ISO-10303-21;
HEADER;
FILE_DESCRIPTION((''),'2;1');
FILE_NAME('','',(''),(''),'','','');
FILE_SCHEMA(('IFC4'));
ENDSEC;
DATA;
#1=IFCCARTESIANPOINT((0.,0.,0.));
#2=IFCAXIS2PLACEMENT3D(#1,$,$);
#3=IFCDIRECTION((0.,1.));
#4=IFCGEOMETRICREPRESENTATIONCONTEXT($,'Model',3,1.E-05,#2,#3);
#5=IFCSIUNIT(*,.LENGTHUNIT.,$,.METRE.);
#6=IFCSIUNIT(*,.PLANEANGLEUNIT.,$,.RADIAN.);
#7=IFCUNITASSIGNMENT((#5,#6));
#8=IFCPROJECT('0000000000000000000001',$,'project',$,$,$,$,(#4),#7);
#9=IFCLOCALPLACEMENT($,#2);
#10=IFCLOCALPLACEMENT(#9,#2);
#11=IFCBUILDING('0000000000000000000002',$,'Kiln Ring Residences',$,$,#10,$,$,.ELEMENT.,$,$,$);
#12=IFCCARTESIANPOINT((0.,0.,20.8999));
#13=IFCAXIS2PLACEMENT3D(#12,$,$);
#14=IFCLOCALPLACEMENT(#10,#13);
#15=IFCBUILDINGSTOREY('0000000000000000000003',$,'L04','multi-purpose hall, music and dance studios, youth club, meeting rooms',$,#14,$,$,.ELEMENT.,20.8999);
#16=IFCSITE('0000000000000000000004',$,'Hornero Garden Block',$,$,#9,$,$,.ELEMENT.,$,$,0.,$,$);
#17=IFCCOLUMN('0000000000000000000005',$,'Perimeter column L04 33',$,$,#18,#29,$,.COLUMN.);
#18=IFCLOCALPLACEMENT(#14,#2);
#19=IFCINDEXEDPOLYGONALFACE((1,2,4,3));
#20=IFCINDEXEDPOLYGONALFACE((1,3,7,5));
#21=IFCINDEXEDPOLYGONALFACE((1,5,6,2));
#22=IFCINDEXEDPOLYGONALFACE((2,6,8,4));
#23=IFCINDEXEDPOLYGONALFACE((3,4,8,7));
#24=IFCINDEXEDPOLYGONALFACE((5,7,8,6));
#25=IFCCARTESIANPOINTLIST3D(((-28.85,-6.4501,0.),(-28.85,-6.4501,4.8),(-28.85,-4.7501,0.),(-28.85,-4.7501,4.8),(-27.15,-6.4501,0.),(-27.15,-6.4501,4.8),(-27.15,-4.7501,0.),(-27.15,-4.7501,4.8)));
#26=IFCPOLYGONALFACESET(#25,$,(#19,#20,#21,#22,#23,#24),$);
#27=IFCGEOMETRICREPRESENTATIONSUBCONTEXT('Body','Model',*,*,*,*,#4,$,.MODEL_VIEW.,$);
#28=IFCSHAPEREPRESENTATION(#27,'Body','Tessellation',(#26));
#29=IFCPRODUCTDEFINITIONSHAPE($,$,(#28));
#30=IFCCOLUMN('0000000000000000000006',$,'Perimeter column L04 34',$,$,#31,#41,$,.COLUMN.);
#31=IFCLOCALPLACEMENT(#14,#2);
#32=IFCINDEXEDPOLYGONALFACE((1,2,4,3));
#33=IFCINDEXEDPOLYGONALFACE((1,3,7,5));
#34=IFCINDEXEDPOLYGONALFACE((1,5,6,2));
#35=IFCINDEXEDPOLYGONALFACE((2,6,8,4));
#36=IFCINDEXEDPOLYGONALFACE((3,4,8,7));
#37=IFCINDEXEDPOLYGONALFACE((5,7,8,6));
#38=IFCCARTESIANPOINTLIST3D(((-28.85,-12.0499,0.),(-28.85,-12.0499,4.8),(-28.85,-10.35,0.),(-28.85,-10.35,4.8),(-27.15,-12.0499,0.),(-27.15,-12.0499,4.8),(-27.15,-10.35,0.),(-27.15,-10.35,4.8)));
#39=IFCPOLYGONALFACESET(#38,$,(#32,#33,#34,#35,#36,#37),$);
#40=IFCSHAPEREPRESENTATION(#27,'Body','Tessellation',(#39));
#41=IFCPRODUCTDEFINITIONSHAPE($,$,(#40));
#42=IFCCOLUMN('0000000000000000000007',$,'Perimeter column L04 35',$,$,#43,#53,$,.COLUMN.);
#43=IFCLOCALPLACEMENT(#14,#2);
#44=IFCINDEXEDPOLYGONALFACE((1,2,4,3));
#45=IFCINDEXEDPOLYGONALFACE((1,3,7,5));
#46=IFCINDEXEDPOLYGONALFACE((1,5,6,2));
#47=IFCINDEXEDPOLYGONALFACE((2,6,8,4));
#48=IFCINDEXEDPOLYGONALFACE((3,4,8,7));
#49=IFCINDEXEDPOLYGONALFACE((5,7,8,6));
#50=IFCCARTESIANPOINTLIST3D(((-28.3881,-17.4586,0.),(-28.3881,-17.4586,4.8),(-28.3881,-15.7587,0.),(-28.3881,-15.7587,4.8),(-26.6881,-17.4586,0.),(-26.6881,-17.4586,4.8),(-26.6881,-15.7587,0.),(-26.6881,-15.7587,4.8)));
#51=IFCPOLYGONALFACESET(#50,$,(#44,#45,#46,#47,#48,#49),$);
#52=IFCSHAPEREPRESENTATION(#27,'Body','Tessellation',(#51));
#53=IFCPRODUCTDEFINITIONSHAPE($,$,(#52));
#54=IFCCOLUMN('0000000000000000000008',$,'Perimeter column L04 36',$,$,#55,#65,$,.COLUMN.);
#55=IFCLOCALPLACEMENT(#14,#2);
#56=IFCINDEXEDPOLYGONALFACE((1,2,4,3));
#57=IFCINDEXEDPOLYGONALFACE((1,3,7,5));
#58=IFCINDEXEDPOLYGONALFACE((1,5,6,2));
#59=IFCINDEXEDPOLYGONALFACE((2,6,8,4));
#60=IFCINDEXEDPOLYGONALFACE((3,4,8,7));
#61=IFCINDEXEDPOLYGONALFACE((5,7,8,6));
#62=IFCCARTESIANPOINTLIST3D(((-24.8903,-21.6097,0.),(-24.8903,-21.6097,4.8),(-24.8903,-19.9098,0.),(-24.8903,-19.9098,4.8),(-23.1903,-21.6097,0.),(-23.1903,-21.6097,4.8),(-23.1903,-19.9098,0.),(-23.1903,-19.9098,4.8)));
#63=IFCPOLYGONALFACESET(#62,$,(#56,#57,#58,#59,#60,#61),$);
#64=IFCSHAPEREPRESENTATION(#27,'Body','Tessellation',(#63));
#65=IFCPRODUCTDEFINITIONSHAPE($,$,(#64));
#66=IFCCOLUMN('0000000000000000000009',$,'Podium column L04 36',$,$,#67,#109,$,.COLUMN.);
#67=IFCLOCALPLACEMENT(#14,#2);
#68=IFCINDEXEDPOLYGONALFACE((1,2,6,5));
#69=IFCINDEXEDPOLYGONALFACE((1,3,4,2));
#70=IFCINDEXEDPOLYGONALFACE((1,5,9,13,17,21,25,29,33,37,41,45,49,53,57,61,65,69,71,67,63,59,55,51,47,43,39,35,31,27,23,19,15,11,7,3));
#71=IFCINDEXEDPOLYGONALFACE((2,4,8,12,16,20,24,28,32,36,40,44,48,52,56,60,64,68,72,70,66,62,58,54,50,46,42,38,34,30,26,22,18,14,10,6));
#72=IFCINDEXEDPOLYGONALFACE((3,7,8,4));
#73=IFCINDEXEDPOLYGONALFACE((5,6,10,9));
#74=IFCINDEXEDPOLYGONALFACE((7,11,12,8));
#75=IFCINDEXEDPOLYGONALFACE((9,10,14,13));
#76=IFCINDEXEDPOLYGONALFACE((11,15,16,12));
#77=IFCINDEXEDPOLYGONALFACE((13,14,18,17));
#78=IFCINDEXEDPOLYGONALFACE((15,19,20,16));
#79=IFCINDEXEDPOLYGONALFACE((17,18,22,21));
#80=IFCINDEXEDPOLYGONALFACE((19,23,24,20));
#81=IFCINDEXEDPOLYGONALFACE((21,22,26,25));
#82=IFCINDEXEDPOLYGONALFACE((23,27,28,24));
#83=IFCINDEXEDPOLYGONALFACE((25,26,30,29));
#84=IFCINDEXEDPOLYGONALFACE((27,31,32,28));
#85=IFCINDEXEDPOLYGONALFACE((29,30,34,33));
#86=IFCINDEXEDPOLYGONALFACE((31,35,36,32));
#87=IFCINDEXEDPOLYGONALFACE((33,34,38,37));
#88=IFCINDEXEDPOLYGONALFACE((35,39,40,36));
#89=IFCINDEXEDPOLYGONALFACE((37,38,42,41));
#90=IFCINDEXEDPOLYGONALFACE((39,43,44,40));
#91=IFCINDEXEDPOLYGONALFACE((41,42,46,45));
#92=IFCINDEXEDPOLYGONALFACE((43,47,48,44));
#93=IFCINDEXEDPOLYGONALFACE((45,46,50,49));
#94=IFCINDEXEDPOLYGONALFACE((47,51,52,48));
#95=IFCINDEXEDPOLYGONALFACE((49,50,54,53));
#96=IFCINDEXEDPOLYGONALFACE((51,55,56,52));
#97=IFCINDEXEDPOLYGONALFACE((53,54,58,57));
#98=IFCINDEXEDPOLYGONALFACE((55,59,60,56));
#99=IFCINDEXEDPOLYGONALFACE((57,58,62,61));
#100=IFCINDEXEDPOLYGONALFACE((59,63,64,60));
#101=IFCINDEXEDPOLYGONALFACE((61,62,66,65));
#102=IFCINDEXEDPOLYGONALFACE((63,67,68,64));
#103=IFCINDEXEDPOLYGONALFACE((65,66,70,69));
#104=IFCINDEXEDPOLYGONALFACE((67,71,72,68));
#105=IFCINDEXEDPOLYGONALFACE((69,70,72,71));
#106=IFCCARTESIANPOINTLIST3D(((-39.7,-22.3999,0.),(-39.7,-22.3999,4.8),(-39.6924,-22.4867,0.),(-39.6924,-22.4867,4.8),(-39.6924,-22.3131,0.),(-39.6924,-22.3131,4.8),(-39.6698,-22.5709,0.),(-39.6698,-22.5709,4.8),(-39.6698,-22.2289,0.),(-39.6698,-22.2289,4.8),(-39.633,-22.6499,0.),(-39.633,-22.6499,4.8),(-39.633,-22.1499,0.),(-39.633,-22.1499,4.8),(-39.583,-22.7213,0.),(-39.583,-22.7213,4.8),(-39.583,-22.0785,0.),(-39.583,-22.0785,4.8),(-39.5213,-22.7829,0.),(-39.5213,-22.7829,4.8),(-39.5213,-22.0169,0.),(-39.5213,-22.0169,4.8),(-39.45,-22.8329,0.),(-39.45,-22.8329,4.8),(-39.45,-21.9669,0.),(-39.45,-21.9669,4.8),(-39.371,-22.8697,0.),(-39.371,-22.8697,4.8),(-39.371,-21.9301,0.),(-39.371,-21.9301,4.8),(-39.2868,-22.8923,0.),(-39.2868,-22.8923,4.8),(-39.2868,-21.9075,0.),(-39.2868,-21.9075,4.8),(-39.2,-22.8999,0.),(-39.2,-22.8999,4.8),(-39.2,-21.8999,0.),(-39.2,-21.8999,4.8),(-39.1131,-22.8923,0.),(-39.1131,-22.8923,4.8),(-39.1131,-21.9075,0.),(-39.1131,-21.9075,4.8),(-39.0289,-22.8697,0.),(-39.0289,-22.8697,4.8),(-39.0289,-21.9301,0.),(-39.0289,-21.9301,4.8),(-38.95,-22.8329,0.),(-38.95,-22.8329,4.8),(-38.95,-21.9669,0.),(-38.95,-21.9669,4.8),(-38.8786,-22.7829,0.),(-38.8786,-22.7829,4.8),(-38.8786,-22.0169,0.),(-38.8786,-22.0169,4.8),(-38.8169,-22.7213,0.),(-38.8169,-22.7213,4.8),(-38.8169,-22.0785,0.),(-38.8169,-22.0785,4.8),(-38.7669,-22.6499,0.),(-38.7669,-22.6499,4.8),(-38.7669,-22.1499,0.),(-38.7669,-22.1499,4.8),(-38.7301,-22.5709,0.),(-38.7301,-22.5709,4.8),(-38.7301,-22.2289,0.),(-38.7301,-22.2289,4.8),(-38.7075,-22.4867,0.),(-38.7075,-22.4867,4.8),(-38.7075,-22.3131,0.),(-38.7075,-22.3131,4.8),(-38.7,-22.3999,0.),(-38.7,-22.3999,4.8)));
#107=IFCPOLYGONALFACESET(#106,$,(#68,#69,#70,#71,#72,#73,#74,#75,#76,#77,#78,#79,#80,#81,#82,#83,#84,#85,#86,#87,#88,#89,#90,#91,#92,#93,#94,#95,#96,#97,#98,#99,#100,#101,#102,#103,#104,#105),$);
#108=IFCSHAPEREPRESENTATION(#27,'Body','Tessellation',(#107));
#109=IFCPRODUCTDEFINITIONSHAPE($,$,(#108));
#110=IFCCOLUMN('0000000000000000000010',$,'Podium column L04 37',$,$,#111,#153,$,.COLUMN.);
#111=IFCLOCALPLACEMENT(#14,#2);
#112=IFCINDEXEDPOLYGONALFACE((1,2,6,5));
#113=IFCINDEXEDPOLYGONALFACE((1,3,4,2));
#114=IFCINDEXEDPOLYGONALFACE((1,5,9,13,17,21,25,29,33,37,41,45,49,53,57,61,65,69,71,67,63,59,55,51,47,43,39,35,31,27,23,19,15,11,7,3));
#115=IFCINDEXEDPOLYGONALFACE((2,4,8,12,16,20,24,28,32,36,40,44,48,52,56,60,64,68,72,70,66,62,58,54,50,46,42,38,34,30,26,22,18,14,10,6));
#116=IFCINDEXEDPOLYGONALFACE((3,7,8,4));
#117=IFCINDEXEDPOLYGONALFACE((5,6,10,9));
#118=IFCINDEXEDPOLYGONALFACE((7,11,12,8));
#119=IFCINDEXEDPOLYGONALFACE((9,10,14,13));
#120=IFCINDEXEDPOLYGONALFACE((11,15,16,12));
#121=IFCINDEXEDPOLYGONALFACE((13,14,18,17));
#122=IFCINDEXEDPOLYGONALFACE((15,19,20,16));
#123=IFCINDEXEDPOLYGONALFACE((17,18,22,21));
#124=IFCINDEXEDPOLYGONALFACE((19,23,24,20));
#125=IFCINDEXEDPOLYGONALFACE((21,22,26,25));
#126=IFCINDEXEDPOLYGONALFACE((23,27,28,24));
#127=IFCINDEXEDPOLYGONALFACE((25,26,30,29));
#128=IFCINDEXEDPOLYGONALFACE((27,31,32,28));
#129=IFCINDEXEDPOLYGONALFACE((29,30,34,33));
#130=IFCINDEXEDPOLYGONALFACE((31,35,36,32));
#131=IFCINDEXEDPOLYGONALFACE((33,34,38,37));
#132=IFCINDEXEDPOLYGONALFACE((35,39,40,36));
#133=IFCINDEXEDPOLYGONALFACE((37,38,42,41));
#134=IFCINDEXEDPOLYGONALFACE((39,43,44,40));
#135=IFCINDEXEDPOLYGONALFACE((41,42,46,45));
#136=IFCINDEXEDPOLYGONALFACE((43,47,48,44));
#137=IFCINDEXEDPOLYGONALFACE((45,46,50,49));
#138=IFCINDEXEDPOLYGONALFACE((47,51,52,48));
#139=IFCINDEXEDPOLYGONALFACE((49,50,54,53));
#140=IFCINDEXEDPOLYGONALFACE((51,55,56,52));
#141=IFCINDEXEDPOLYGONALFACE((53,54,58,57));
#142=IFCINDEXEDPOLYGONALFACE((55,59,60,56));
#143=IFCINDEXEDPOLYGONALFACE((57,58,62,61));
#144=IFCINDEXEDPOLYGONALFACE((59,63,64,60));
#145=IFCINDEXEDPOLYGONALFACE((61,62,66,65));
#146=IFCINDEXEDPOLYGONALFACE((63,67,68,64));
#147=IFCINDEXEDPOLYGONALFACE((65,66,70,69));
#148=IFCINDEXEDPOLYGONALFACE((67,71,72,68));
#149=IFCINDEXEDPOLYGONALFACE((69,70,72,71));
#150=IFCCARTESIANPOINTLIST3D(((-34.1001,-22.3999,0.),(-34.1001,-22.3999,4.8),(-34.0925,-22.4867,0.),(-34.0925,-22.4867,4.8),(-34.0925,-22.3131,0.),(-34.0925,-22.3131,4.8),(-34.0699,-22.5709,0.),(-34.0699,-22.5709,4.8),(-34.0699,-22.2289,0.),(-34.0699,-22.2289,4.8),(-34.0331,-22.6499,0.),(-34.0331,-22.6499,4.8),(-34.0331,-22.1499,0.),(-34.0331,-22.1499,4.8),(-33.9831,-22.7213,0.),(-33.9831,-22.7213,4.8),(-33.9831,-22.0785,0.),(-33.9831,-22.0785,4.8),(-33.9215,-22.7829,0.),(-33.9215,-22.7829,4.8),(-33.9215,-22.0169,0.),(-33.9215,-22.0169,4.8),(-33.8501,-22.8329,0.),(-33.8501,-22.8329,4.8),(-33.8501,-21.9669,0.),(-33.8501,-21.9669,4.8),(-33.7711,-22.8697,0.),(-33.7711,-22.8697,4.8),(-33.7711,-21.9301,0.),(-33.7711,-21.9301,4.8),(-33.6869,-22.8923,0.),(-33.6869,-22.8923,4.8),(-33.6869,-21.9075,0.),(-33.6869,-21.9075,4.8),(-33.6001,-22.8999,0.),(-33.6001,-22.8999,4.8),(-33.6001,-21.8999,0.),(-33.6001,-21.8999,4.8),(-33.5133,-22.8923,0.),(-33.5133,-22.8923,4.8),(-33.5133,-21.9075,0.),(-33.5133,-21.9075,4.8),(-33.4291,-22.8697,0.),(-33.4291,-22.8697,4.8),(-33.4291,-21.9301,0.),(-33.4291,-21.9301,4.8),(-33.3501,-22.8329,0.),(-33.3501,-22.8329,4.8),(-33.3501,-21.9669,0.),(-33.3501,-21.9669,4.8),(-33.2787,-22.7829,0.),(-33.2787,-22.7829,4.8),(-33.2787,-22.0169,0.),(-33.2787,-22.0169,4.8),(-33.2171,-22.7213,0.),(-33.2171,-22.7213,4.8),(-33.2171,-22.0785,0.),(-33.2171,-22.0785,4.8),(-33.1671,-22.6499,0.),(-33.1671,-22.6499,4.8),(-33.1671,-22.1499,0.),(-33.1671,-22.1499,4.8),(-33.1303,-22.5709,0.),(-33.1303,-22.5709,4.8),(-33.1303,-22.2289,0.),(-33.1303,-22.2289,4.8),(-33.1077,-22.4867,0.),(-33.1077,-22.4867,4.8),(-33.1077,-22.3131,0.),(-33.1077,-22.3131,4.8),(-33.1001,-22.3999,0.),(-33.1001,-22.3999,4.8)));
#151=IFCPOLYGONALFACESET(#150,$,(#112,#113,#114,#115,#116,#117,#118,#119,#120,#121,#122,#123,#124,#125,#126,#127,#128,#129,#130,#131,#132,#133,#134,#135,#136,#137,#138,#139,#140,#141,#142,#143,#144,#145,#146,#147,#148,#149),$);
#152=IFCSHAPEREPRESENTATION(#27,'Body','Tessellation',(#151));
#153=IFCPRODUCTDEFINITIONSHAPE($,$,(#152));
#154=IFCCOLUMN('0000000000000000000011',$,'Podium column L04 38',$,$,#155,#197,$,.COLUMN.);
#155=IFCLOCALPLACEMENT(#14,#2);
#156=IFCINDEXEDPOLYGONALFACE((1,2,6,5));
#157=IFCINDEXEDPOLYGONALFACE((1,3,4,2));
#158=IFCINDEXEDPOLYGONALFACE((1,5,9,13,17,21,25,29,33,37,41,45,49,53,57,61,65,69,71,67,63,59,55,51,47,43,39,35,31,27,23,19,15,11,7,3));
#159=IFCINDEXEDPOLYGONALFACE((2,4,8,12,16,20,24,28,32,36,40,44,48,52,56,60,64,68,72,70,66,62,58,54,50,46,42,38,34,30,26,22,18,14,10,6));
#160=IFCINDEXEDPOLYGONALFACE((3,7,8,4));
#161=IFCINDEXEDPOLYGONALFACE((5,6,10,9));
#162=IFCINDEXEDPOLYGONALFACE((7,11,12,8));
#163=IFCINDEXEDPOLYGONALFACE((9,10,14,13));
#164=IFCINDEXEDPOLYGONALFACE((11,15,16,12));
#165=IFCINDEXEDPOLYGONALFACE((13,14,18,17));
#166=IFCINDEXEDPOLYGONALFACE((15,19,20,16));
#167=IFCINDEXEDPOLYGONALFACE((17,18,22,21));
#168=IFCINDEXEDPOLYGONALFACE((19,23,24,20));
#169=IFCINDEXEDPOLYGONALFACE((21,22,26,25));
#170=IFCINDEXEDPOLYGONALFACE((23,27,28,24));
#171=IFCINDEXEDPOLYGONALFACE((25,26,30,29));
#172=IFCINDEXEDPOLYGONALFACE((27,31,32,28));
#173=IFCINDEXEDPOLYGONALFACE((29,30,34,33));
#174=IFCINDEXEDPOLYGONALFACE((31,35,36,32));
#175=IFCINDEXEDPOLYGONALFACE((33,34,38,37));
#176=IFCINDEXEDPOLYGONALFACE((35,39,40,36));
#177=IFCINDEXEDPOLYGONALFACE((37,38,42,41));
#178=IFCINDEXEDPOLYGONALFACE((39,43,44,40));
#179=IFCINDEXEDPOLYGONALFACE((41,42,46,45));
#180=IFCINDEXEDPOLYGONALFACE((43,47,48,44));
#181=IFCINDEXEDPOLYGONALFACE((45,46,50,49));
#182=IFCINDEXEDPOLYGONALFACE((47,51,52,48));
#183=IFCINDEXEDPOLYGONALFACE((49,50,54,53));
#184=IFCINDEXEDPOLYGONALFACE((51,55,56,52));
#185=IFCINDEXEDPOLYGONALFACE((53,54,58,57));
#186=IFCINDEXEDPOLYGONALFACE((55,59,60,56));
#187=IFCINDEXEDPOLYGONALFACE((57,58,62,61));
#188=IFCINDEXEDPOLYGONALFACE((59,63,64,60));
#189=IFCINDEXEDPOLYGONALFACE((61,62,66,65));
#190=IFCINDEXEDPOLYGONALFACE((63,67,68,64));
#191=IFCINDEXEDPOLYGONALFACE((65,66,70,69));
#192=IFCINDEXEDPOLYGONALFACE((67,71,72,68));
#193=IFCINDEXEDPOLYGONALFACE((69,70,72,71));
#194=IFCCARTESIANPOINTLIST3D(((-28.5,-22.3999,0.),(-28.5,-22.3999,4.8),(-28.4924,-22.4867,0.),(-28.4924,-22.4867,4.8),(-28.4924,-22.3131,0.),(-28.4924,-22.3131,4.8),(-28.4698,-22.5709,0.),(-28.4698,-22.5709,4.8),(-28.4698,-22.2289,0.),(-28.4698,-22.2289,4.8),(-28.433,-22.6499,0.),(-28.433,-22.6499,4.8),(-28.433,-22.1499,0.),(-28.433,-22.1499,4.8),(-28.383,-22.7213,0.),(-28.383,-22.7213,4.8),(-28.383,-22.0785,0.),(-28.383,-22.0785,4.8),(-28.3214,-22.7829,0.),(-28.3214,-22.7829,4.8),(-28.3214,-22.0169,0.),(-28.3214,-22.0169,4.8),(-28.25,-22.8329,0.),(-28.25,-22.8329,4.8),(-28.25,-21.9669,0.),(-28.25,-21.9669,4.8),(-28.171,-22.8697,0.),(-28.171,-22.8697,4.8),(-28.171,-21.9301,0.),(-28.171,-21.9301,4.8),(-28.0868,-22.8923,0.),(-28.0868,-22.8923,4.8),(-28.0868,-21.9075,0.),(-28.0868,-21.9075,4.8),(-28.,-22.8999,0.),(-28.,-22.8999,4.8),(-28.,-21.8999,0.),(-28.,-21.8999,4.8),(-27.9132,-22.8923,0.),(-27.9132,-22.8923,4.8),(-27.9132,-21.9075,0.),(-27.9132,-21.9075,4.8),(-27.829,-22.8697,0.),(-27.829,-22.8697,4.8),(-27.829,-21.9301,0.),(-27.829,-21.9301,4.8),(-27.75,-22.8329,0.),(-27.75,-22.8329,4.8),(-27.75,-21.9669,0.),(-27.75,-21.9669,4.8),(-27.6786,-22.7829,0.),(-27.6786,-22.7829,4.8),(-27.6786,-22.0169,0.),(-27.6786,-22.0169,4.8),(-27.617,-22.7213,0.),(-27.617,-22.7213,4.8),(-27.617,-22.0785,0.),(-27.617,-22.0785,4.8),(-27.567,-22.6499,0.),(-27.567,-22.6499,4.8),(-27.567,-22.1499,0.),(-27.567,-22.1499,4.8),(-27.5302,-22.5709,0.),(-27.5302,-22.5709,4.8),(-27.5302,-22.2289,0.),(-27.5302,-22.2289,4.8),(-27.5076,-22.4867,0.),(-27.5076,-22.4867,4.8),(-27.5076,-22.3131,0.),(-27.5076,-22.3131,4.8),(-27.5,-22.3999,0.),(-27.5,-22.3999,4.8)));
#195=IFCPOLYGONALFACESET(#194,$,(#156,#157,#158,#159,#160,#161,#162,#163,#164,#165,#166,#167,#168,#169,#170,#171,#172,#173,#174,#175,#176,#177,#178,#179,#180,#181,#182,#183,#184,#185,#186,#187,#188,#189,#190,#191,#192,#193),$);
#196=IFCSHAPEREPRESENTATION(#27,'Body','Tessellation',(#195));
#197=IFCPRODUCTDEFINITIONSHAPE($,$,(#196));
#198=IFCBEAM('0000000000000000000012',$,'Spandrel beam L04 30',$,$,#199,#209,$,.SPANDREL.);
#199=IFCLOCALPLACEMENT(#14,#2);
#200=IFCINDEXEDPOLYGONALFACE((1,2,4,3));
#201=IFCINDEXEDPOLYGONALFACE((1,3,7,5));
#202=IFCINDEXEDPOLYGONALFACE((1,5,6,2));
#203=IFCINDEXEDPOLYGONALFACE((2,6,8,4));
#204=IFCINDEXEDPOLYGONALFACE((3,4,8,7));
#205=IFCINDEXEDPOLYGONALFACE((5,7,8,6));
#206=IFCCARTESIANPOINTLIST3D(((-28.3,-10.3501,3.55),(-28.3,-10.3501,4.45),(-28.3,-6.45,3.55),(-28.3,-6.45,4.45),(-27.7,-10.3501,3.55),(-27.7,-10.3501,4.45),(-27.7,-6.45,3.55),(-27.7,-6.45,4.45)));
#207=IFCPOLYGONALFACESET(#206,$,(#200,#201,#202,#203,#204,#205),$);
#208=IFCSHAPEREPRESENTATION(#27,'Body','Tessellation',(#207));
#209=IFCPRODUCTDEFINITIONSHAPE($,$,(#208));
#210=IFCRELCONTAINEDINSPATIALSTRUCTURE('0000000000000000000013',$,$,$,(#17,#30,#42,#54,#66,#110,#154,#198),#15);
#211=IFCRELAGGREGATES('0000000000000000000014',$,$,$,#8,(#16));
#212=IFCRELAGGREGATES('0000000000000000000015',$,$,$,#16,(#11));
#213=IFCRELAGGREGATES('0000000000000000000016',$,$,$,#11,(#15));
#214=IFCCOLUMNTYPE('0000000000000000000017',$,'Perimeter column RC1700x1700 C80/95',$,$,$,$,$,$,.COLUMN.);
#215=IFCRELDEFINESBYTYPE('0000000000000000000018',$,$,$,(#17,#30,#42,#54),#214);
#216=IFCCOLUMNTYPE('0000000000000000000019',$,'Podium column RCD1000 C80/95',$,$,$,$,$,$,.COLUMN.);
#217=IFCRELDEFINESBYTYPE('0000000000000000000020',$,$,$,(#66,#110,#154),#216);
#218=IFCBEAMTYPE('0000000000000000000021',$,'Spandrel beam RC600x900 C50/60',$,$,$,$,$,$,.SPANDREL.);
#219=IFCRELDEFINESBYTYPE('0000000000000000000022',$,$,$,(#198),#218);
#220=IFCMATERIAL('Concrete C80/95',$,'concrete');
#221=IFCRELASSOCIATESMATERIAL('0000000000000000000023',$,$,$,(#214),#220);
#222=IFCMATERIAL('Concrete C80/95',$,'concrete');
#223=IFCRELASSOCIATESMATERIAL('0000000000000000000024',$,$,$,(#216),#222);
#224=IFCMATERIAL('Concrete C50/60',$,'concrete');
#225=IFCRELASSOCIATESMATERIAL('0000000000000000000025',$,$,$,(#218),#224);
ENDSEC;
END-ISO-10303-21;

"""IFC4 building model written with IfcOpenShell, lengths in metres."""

from ifc_helpers import new_model, si_unit, direction, frame, origin, origin_2d, place, context, subcontext, project, spatial, rectangle, circle, extrude, material, material_profile, profile_set, type_object, element, save


model = new_model("IFC4")

# Units and contexts
model_context = context("Model", 3, precision=1e-05, world=origin(), true_north=direction((0.0, 1.0)))
body_context = subcontext(model_context, "Body", "Model", "MODEL_VIEW")
ifc_project = project(units=[si_unit("LENGTHUNIT", "METRE"), si_unit("PLANEANGLEUNIT", "RADIAN")], contexts=[model_context])

# Site, building, storey
site_placement = place(None, origin())
site = spatial("IfcSite", under=ifc_project, at=site_placement, Name="Hornero Garden Block", CompositionType="ELEMENT", RefElevation=0.0)
building_placement = place(site_placement, origin())
building = spatial("IfcBuilding", under=site, at=building_placement, Name="Kiln Ring Residences", CompositionType="ELEMENT")
storey_placement = place(building_placement, frame((0.0, 0.0, 20.8999)))
storey = spatial("IfcBuildingStorey", under=building, at=storey_placement, Name="L04", Description="multi-purpose hall, music and dance studios, youth club, meeting rooms", CompositionType="ELEMENT", Elevation=20.8999)

# Columns
ifc_material_1 = material(Name="Concrete C80/95", Category="concrete")
ifc_material_profile_1 = material_profile(ifc_material_1, rectangle(XDim=1.7, YDim=1.7, at=origin_2d()), Name="RC1700x1700")
ifc_profile_set_1 = profile_set([ifc_material_profile_1], Name="Concrete C80/95")
column_type_1 = type_object("IfcColumnType", Name="Perimeter column RC1700x1700 C80/95", PredefinedType="COLUMN", material=ifc_profile_set_1)
for number, where, z_axis, x_axis, name in (
    (1, (-28.0, -5.6001, 0.0), (0.0, 0.0, 1.0), (1.0, 0.0, 0.0), "Perimeter column L04 33"),
    (2, (-28.0, -11.2, 0.0), (0.0, 0.0, 1.0), (1.0, 0.0, 0.0), "Perimeter column L04 34"),
    (3, (-27.5381, -16.6086, 0.0), (0.0, 0.0, 1.0), (1.0, 0.0, 0.0), "Perimeter column L04 35"),
    (4, (-24.0403, -20.7598, 0.0), (0.0, 0.0, 1.0), (1.0, 0.0, 0.0), "Perimeter column L04 36"),
):
    element("IfcColumn", number, at=place(storey_placement, frame(where, z_axis=z_axis, x_axis=x_axis)), inside=storey, type_object=column_type_1, Name=name, PredefinedType="COLUMN", context=body_context, shape_type="SweptSolid", body=[
        extrude(rectangle(XDim=1.7, YDim=1.7, at=origin_2d()), origin(), (0.0, 0.0, 1.0), 4.8),
    ])
ifc_material_2 = material(Name="Concrete C80/95", Category="concrete")
ifc_material_profile_2 = material_profile(ifc_material_2, circle(Radius=0.5, at=origin_2d()), Name="RCD1000")
ifc_profile_set_2 = profile_set([ifc_material_profile_2], Name="Concrete C80/95")
column_type_2 = type_object("IfcColumnType", Name="Podium column RCD1000 C80/95", PredefinedType="COLUMN", material=ifc_profile_set_2)
for number, where, z_axis, x_axis, name in (
    (5, (-39.2, -22.3999, 0.0), (0.0, 0.0, 1.0), (1.0, 0.0, 0.0), "Podium column L04 36"),
    (6, (-33.6001, -22.3999, 0.0), (0.0, 0.0, 1.0), (1.0, 0.0, 0.0), "Podium column L04 37"),
    (7, (-28.0, -22.3999, 0.0), (0.0, 0.0, 1.0), (1.0, 0.0, 0.0), "Podium column L04 38"),
):
    element("IfcColumn", number, at=place(storey_placement, frame(where, z_axis=z_axis, x_axis=x_axis)), inside=storey, type_object=column_type_2, Name=name, PredefinedType="COLUMN", context=body_context, shape_type="SweptSolid", body=[
        extrude(circle(Radius=0.5, at=origin_2d()), origin(), (0.0, 0.0, 1.0), 4.8),
    ])

# Beam
ifc_material_3 = material(Name="Concrete C50/60", Category="concrete")
ifc_material_profile_3 = material_profile(ifc_material_3, rectangle(XDim=0.6001, YDim=0.8999, at=origin_2d()), Name="RC600x900")
ifc_profile_set_3 = profile_set([ifc_material_profile_3], Name="Concrete C50/60")
beam_type = type_object("IfcBeamType", Name="Spandrel beam RC600x900 C50/60", PredefinedType="SPANDREL", material=ifc_profile_set_3)
beam_1_placement = place(storey_placement, frame((-28.0, -6.45, 4.0), z_axis=(0.0, -1.0, 0.0), x_axis=(1.0, 0.0, 0.0)))
element("IfcBeam", 8, at=beam_1_placement, inside=storey, type_object=beam_type, Name="Spandrel beam L04 30", PredefinedType="SPANDREL", context=body_context, shape_type="SweptSolid", body=[
    extrude(rectangle(XDim=0.6001, YDim=0.8999, at=origin_2d()), origin(), (0.0, 0.0, 1.0), 3.9001),
])

save(model, "model.ifc")
